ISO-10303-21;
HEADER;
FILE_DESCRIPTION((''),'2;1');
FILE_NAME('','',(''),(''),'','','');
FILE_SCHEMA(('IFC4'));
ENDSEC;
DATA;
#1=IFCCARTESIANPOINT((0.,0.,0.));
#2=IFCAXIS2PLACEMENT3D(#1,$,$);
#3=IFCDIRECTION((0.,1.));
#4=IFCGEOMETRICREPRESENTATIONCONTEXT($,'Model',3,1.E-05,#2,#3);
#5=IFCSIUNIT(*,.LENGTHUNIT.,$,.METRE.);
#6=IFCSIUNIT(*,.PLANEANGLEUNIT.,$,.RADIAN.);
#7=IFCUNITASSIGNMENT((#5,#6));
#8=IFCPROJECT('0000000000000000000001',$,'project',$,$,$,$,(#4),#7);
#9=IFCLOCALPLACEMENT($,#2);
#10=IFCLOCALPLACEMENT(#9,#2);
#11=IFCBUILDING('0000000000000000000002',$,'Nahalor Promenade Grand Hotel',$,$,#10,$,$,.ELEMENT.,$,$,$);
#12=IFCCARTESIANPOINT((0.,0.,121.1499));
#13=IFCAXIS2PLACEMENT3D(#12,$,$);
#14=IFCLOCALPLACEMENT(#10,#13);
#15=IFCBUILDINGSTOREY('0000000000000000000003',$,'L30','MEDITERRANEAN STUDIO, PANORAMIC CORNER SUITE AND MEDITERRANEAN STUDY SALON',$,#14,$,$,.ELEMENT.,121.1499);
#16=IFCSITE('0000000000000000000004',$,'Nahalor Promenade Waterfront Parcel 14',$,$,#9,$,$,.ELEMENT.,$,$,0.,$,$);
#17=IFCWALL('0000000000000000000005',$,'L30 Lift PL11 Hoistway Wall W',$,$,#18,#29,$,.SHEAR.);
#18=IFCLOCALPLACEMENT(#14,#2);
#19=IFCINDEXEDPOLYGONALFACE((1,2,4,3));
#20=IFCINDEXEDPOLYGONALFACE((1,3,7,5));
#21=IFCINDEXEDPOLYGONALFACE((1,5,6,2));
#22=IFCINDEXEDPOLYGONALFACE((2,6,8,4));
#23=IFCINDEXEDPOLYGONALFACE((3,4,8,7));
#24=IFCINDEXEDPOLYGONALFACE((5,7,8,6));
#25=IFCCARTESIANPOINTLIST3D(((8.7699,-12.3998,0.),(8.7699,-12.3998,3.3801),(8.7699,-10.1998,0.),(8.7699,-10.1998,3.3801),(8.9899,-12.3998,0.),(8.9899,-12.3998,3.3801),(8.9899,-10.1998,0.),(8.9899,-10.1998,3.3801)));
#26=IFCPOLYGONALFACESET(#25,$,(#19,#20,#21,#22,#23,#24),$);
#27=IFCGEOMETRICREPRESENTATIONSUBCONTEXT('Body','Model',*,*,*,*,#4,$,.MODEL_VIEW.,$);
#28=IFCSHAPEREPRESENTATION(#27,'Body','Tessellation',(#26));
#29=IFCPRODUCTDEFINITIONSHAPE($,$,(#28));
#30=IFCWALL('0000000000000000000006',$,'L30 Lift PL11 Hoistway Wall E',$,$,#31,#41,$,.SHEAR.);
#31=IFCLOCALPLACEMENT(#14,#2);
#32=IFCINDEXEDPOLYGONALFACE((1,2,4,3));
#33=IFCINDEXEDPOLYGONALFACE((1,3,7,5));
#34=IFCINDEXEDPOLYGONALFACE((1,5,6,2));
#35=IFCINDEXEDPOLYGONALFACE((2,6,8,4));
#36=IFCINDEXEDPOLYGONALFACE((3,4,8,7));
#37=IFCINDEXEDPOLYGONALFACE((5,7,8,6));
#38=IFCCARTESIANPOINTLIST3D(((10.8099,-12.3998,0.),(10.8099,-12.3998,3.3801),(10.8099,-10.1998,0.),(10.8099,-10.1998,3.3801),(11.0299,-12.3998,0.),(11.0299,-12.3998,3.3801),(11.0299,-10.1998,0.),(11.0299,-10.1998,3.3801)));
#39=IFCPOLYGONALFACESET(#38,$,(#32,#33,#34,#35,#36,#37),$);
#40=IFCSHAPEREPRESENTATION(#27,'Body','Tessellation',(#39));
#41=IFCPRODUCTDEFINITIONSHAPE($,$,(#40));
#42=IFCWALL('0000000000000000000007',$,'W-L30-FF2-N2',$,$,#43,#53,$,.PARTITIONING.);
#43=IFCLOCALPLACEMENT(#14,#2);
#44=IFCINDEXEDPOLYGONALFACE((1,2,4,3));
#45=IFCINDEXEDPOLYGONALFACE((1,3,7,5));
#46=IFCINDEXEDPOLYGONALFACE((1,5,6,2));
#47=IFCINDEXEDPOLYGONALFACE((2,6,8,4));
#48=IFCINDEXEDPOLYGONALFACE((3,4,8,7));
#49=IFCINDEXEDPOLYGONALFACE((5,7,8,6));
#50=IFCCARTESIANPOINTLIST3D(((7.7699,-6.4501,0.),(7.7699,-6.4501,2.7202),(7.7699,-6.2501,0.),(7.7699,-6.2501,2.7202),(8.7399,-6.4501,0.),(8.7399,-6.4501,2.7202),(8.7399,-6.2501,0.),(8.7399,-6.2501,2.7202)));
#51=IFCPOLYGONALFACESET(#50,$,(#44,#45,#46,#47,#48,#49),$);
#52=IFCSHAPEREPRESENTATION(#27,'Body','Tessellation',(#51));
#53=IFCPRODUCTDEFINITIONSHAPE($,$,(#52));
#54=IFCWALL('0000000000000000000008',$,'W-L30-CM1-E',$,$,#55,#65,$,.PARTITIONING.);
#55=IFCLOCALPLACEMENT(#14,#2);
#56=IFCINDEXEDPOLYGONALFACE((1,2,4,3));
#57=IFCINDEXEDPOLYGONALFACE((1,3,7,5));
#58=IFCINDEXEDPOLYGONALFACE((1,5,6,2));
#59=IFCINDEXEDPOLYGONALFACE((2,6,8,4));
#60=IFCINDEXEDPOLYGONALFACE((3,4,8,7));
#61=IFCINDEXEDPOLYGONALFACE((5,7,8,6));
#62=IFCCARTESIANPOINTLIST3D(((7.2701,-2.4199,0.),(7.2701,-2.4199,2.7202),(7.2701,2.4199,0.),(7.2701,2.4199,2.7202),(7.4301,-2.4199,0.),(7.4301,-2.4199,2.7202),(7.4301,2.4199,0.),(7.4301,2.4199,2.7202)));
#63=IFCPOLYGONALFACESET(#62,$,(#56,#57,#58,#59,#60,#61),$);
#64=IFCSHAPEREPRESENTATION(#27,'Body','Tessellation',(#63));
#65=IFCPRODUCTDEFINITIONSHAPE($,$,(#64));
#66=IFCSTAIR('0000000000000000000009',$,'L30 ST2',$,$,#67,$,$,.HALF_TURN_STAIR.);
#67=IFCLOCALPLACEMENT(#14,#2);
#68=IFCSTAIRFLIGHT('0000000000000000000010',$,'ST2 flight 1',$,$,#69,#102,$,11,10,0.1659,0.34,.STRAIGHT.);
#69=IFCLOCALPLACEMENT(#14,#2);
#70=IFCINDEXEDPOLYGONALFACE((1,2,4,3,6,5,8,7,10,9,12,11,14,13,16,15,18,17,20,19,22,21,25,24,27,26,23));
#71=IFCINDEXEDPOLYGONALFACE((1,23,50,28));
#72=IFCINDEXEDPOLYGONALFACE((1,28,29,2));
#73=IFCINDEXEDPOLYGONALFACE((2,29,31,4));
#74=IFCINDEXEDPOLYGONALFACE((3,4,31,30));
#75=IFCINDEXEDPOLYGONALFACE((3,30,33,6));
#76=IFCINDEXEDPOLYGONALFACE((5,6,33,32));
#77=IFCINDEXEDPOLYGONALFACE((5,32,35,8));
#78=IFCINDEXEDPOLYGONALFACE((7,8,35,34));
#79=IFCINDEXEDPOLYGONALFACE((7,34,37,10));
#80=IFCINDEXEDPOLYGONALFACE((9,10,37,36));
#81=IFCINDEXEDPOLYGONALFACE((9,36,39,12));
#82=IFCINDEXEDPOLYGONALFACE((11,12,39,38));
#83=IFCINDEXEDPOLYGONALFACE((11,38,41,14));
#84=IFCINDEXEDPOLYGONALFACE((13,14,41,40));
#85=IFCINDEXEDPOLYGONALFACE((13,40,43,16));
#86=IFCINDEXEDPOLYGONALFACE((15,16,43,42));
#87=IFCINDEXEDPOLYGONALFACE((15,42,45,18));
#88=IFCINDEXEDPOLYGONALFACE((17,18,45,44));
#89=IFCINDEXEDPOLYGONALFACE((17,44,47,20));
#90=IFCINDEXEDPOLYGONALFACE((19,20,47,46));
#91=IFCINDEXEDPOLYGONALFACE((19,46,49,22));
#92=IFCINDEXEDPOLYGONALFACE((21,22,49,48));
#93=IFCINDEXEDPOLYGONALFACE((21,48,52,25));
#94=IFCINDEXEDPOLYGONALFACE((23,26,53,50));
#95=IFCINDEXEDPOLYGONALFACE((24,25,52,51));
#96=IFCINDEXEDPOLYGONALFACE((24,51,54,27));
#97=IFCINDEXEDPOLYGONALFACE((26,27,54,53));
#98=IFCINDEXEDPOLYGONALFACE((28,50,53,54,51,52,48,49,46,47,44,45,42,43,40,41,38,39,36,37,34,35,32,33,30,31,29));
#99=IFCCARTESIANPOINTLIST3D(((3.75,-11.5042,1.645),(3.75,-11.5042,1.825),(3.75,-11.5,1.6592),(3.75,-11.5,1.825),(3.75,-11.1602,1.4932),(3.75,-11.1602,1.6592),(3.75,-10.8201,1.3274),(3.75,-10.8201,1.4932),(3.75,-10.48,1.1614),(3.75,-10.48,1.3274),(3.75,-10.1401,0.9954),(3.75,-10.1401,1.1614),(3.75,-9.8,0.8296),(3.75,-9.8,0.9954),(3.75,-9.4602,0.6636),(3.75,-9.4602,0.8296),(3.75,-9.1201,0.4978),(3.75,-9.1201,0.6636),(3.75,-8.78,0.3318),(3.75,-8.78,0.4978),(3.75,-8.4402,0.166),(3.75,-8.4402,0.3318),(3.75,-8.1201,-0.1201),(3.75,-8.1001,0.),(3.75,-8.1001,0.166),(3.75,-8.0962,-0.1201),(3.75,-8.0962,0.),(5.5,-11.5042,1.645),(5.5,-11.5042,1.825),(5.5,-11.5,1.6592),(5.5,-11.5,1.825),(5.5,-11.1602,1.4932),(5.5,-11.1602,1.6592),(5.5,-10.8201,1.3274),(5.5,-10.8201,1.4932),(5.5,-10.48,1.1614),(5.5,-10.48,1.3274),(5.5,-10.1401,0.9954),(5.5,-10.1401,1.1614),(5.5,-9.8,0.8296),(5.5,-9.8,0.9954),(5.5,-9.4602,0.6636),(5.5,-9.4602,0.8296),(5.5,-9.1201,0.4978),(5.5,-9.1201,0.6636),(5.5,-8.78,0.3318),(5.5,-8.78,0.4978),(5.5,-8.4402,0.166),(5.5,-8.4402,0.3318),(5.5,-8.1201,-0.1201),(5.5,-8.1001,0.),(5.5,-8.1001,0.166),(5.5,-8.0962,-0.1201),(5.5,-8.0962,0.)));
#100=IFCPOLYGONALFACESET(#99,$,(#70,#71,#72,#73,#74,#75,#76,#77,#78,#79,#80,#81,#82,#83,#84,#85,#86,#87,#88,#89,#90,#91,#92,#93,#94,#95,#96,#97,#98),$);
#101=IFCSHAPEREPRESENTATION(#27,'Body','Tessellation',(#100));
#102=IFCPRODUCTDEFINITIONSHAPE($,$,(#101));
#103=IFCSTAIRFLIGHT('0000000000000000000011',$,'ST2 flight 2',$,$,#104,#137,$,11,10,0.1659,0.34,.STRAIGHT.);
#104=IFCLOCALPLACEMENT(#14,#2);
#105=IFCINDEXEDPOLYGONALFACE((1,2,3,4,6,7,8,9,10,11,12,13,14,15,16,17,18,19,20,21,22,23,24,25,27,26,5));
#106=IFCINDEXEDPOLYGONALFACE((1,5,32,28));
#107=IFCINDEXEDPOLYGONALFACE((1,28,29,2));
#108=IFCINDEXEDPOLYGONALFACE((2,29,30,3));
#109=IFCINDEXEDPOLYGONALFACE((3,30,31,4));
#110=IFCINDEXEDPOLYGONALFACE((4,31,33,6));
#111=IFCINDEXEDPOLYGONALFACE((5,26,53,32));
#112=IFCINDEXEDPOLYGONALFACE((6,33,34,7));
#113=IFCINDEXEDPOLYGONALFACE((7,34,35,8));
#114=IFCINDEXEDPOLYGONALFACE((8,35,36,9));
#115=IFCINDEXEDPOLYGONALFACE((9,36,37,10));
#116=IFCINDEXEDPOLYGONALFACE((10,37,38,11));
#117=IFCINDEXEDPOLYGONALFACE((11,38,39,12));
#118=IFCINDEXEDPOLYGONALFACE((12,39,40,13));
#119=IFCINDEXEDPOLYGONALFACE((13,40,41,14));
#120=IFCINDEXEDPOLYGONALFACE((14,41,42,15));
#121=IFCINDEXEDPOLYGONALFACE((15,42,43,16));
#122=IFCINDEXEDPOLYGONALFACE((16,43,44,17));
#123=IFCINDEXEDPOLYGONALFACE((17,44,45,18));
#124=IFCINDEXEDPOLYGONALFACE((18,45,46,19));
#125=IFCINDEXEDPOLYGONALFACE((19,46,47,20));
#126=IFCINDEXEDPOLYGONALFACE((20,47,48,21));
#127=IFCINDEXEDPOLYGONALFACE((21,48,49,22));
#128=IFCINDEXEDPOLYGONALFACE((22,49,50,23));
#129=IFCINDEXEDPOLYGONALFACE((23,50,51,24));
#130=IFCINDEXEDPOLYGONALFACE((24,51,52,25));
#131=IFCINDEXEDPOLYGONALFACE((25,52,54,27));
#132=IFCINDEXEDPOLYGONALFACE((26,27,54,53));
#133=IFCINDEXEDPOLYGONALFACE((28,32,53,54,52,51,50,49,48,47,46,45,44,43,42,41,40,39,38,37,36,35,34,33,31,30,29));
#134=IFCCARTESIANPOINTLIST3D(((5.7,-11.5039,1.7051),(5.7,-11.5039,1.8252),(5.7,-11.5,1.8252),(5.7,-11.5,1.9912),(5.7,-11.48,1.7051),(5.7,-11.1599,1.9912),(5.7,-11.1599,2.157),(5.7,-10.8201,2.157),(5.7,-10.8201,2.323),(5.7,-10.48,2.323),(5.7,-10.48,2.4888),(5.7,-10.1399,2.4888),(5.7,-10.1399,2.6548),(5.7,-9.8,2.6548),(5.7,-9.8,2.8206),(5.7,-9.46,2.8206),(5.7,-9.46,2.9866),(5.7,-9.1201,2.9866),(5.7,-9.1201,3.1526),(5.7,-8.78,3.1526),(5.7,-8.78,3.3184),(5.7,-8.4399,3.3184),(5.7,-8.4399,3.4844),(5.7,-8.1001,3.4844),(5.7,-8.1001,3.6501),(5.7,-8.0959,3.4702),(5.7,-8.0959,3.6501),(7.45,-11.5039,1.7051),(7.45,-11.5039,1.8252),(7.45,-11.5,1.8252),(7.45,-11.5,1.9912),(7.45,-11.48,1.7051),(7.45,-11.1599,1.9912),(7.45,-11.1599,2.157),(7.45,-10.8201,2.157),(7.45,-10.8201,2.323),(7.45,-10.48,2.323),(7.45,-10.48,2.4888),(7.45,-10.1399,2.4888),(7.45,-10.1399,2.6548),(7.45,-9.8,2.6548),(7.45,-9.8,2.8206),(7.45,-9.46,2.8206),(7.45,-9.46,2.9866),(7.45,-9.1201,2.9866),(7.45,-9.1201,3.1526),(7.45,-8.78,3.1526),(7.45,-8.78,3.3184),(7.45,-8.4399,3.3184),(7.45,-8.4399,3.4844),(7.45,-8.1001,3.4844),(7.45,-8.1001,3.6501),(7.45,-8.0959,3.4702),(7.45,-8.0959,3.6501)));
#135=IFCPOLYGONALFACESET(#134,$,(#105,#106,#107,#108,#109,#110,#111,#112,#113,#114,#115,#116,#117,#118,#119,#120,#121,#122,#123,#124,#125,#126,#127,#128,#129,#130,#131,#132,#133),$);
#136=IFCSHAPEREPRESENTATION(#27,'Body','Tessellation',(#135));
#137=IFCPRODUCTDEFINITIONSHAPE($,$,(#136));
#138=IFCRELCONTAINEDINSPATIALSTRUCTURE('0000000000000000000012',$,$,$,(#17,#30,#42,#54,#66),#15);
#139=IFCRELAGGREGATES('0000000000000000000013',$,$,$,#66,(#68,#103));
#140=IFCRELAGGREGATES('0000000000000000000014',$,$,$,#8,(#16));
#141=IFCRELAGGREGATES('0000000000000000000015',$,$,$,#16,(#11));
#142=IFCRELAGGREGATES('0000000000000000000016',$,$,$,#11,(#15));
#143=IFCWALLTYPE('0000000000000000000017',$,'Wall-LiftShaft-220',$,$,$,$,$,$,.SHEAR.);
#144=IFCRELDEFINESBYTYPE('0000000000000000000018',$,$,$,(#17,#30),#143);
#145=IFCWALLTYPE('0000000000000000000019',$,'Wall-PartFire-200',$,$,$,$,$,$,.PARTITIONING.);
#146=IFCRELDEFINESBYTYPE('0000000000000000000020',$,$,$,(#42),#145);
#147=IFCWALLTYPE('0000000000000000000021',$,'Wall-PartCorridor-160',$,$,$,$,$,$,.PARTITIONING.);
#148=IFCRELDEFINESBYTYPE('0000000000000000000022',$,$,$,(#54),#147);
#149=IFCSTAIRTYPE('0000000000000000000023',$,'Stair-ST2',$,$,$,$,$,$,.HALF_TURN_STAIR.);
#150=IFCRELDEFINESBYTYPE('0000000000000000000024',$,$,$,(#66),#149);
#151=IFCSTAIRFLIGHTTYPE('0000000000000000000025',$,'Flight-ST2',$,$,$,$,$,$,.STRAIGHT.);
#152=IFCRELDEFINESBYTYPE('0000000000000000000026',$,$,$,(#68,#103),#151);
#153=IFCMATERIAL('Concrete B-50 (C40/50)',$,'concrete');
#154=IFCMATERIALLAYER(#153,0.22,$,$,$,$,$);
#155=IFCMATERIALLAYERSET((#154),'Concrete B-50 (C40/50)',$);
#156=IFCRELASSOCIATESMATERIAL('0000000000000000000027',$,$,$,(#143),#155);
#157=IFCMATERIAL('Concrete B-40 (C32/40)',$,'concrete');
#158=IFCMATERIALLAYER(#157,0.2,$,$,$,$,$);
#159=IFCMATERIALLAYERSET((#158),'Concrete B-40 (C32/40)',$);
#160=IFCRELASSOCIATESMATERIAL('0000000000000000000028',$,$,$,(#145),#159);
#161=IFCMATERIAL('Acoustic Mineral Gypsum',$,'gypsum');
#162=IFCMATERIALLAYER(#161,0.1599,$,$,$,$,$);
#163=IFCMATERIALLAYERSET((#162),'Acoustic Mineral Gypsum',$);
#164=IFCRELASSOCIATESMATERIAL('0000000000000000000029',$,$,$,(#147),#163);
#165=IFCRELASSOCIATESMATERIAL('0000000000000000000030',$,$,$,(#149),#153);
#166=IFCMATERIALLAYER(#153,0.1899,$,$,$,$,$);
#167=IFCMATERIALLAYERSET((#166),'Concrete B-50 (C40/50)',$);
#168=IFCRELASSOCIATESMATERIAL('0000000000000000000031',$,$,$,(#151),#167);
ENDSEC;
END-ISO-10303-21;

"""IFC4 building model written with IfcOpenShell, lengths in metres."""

from ifc_helpers import new_model, si_unit, direction, frame, frame_2d, origin, place, context, subcontext, project, spatial, polyline, rectangle, outline, extrude, source, transform, mapped, material, layer, layer_set, type_object, element, aggregate, save


model = new_model("IFC4")

# Units and contexts
model_context = context("Model", 3, precision=1e-05, world=origin(), true_north=direction((0.0, 1.0)))
body_context = subcontext(model_context, "Body", "Model", "MODEL_VIEW")
ifc_project = project(units=[si_unit("LENGTHUNIT", "METRE"), si_unit("PLANEANGLEUNIT", "RADIAN")], contexts=[model_context])

# Site, building, storey
site_placement = place(None, origin())
site = spatial("IfcSite", under=ifc_project, at=site_placement, Name="Nahalor Promenade Waterfront Parcel 14", CompositionType="ELEMENT", RefElevation=0.0)
building_placement = place(site_placement, origin())
building = spatial("IfcBuilding", under=site, at=building_placement, Name="Nahalor Promenade Grand Hotel", CompositionType="ELEMENT")
storey_placement = place(building_placement, frame((0.0, 0.0, 121.1499)))
storey = spatial("IfcBuildingStorey", under=building, at=storey_placement, Name="L30", Description="MEDITERRANEAN STUDIO, PANORAMIC CORNER SUITE AND MEDITERRANEAN STUDY SALON", CompositionType="ELEMENT", Elevation=121.1499)

# Walls
ifc_material_1 = material(Name="Concrete B-50 (C40/50)", Category="concrete")
ifc_layer_1 = layer(ifc_material_1, 0.22)
ifc_layer_set_1 = layer_set([ifc_layer_1], Name="Concrete B-50 (C40/50)")
wall_type_1 = type_object("IfcWallType", Name="Wall-LiftShaft-220", PredefinedType="SHEAR", material=ifc_layer_set_1)
shared_shape_1 = source(origin(), body_context, "Body", "SweptSolid", [
    extrude(rectangle(XDim=2.2, YDim=0.22, at=frame_2d((1.1001, 0.0))), origin(), (0.0, 0.0, 1.0), 3.3801),
])
for number, where, z_axis, x_axis, name in (
    (1, (8.8799, -12.3999, 0.0), (0.0, 0.0, 1.0), (0.0, 1.0, 0.0), "L30 Lift PL11 Hoistway Wall W"),
    (2, (10.9199, -12.3999, 0.0), (0.0, 0.0, 1.0), (0.0, 1.0, 0.0), "L30 Lift PL11 Hoistway Wall E"),
):
    element("IfcWall", number, at=place(storey_placement, frame(where, z_axis=z_axis, x_axis=x_axis)), inside=storey, type_object=wall_type_1, Name=name, PredefinedType="SHEAR", context=body_context, shape_type="MappedRepresentation", body=[
        mapped(shared_shape_1, transform((0.0, 0.0, 0.0), scale=1.0)),
    ])
ifc_material_2 = material(Name="Concrete B-40 (C32/40)", Category="concrete")
ifc_layer_2 = layer(ifc_material_2, 0.2)
ifc_layer_set_2 = layer_set([ifc_layer_2], Name="Concrete B-40 (C32/40)")
wall_type_2 = type_object("IfcWallType", Name="Wall-PartFire-200", PredefinedType="PARTITIONING", material=ifc_layer_set_2)
shared_shape_2 = source(origin(), body_context, "Body", "SweptSolid", [
    extrude(rectangle(XDim=0.97, YDim=0.2, at=frame_2d((0.4849, 0.0))), origin(), (0.0, 0.0, 1.0), 2.7202),
])
wall_1_placement = place(storey_placement, frame((7.77, -6.3501, 0.0), z_axis=(0.0, 0.0, 1.0), x_axis=(1.0, 0.0, 0.0)))
element("IfcWall", 3, at=wall_1_placement, inside=storey, type_object=wall_type_2, Name="W-L30-FF2-N2", PredefinedType="PARTITIONING", context=body_context, shape_type="MappedRepresentation", body=[
    mapped(shared_shape_2, transform((0.0, 0.0, 0.0), scale=1.0)),
])
ifc_material_3 = material(Name="Acoustic Mineral Gypsum", Category="gypsum")
ifc_layer_3 = layer(ifc_material_3, 0.1599)
ifc_layer_set_3 = layer_set([ifc_layer_3], Name="Acoustic Mineral Gypsum")
wall_type_3 = type_object("IfcWallType", Name="Wall-PartCorridor-160", PredefinedType="PARTITIONING", material=ifc_layer_set_3)
shared_shape_3 = source(origin(), body_context, "Body", "SweptSolid", [
    extrude(rectangle(XDim=4.8398, YDim=0.1599, at=frame_2d((2.4199, 0.0))), origin(), (0.0, 0.0, 1.0), 2.7202),
])
wall_2_placement = place(storey_placement, frame((7.3501, -2.4199, 0.0), z_axis=(0.0, 0.0, 1.0), x_axis=(0.0, 1.0, 0.0)))
element("IfcWall", 4, at=wall_2_placement, inside=storey, type_object=wall_type_3, Name="W-L30-CM1-E", PredefinedType="PARTITIONING", context=body_context, shape_type="MappedRepresentation", body=[
    mapped(shared_shape_3, transform((0.0, 0.0, 0.0), scale=1.0)),
])

# Stair, stair flights
stair_type = type_object("IfcStairType", Name="Stair-ST2", PredefinedType="HALF_TURN_STAIR", material=ifc_material_1)
stair_placement = place(storey_placement, origin())
stair = element("IfcStair", 5, at=stair_placement, inside=storey, type_object=stair_type, Name="L30 ST2", PredefinedType="HALF_TURN_STAIR")
ifc_layer_4 = layer(ifc_material_1, 0.1899)
ifc_layer_set_4 = layer_set([ifc_layer_4], Name="Concrete B-50 (C40/50)")
stair_flight_type = type_object("IfcStairFlightType", Name="Flight-ST2", PredefinedType="STRAIGHT", material=ifc_layer_set_4)
shared_shape_4 = source(origin(), body_context, "Body", "SweptSolid", [
    extrude(outline(polyline([(-0.0039, -0.1201), (-0.0039, 0.0), (0.0, 0.0), (0.0, 0.166), (0.3401, 0.166), (0.3401, 0.3318), (0.6799, 0.3318), (0.6799, 0.4978), (1.02, 0.4978), (1.02, 0.6636), (1.3601, 0.6636), (1.3601, 0.8296), (1.7, 0.8296), (1.7, 0.9954), (2.04, 0.9954), (2.04, 1.1614), (2.3799, 1.1614), (2.3799, 1.3274), (2.72, 1.3274), (2.72, 1.4932), (3.0601, 1.4932), (3.0601, 1.6592), (3.3999, 1.6592), (3.3999, 1.825), (3.4041, 1.825), (3.4041, 1.645), (0.02, -0.1201), (-0.0039, -0.1201)])), frame((0.0, 0.875, 0.0), z_axis=(0.0, -1.0, 0.0), x_axis=(1.0, 0.0, 0.0)), (0.0, 0.0, 1.0), 1.75),
])
stair_flight_1_placement = place(storey_placement, frame((4.625, -8.1001, 0.0), z_axis=(0.0, 0.0, 1.0), x_axis=(0.0, -1.0, 0.0)))
stair_flight_1 = element("IfcStairFlight", 6, at=stair_flight_1_placement, type_object=stair_flight_type, Name="ST2 flight 1", NumberOfRisers=11, NumberOfTreads=10, PredefinedType="STRAIGHT", RiserHeight=0.1659, TreadLength=0.34, context=body_context, shape_type="MappedRepresentation", body=[
    mapped(shared_shape_4, transform((0.0, 0.0, 0.0), scale=1.0)),
])
stair_flight_2_placement = place(storey_placement, frame((6.575, -11.5, 1.8252), z_axis=(0.0, 0.0, 1.0), x_axis=(0.0, 1.0, 0.0)))
stair_flight_2 = element("IfcStairFlight", 7, at=stair_flight_2_placement, type_object=stair_flight_type, Name="ST2 flight 2", NumberOfRisers=11, NumberOfTreads=10, PredefinedType="STRAIGHT", RiserHeight=0.1659, TreadLength=0.34, context=body_context, shape_type="MappedRepresentation", body=[
    mapped(shared_shape_4, transform((0.0, 0.0, 0.0), scale=1.0)),
])
aggregate(stair, [stair_flight_1, stair_flight_2])

save(model, "model.ifc")
